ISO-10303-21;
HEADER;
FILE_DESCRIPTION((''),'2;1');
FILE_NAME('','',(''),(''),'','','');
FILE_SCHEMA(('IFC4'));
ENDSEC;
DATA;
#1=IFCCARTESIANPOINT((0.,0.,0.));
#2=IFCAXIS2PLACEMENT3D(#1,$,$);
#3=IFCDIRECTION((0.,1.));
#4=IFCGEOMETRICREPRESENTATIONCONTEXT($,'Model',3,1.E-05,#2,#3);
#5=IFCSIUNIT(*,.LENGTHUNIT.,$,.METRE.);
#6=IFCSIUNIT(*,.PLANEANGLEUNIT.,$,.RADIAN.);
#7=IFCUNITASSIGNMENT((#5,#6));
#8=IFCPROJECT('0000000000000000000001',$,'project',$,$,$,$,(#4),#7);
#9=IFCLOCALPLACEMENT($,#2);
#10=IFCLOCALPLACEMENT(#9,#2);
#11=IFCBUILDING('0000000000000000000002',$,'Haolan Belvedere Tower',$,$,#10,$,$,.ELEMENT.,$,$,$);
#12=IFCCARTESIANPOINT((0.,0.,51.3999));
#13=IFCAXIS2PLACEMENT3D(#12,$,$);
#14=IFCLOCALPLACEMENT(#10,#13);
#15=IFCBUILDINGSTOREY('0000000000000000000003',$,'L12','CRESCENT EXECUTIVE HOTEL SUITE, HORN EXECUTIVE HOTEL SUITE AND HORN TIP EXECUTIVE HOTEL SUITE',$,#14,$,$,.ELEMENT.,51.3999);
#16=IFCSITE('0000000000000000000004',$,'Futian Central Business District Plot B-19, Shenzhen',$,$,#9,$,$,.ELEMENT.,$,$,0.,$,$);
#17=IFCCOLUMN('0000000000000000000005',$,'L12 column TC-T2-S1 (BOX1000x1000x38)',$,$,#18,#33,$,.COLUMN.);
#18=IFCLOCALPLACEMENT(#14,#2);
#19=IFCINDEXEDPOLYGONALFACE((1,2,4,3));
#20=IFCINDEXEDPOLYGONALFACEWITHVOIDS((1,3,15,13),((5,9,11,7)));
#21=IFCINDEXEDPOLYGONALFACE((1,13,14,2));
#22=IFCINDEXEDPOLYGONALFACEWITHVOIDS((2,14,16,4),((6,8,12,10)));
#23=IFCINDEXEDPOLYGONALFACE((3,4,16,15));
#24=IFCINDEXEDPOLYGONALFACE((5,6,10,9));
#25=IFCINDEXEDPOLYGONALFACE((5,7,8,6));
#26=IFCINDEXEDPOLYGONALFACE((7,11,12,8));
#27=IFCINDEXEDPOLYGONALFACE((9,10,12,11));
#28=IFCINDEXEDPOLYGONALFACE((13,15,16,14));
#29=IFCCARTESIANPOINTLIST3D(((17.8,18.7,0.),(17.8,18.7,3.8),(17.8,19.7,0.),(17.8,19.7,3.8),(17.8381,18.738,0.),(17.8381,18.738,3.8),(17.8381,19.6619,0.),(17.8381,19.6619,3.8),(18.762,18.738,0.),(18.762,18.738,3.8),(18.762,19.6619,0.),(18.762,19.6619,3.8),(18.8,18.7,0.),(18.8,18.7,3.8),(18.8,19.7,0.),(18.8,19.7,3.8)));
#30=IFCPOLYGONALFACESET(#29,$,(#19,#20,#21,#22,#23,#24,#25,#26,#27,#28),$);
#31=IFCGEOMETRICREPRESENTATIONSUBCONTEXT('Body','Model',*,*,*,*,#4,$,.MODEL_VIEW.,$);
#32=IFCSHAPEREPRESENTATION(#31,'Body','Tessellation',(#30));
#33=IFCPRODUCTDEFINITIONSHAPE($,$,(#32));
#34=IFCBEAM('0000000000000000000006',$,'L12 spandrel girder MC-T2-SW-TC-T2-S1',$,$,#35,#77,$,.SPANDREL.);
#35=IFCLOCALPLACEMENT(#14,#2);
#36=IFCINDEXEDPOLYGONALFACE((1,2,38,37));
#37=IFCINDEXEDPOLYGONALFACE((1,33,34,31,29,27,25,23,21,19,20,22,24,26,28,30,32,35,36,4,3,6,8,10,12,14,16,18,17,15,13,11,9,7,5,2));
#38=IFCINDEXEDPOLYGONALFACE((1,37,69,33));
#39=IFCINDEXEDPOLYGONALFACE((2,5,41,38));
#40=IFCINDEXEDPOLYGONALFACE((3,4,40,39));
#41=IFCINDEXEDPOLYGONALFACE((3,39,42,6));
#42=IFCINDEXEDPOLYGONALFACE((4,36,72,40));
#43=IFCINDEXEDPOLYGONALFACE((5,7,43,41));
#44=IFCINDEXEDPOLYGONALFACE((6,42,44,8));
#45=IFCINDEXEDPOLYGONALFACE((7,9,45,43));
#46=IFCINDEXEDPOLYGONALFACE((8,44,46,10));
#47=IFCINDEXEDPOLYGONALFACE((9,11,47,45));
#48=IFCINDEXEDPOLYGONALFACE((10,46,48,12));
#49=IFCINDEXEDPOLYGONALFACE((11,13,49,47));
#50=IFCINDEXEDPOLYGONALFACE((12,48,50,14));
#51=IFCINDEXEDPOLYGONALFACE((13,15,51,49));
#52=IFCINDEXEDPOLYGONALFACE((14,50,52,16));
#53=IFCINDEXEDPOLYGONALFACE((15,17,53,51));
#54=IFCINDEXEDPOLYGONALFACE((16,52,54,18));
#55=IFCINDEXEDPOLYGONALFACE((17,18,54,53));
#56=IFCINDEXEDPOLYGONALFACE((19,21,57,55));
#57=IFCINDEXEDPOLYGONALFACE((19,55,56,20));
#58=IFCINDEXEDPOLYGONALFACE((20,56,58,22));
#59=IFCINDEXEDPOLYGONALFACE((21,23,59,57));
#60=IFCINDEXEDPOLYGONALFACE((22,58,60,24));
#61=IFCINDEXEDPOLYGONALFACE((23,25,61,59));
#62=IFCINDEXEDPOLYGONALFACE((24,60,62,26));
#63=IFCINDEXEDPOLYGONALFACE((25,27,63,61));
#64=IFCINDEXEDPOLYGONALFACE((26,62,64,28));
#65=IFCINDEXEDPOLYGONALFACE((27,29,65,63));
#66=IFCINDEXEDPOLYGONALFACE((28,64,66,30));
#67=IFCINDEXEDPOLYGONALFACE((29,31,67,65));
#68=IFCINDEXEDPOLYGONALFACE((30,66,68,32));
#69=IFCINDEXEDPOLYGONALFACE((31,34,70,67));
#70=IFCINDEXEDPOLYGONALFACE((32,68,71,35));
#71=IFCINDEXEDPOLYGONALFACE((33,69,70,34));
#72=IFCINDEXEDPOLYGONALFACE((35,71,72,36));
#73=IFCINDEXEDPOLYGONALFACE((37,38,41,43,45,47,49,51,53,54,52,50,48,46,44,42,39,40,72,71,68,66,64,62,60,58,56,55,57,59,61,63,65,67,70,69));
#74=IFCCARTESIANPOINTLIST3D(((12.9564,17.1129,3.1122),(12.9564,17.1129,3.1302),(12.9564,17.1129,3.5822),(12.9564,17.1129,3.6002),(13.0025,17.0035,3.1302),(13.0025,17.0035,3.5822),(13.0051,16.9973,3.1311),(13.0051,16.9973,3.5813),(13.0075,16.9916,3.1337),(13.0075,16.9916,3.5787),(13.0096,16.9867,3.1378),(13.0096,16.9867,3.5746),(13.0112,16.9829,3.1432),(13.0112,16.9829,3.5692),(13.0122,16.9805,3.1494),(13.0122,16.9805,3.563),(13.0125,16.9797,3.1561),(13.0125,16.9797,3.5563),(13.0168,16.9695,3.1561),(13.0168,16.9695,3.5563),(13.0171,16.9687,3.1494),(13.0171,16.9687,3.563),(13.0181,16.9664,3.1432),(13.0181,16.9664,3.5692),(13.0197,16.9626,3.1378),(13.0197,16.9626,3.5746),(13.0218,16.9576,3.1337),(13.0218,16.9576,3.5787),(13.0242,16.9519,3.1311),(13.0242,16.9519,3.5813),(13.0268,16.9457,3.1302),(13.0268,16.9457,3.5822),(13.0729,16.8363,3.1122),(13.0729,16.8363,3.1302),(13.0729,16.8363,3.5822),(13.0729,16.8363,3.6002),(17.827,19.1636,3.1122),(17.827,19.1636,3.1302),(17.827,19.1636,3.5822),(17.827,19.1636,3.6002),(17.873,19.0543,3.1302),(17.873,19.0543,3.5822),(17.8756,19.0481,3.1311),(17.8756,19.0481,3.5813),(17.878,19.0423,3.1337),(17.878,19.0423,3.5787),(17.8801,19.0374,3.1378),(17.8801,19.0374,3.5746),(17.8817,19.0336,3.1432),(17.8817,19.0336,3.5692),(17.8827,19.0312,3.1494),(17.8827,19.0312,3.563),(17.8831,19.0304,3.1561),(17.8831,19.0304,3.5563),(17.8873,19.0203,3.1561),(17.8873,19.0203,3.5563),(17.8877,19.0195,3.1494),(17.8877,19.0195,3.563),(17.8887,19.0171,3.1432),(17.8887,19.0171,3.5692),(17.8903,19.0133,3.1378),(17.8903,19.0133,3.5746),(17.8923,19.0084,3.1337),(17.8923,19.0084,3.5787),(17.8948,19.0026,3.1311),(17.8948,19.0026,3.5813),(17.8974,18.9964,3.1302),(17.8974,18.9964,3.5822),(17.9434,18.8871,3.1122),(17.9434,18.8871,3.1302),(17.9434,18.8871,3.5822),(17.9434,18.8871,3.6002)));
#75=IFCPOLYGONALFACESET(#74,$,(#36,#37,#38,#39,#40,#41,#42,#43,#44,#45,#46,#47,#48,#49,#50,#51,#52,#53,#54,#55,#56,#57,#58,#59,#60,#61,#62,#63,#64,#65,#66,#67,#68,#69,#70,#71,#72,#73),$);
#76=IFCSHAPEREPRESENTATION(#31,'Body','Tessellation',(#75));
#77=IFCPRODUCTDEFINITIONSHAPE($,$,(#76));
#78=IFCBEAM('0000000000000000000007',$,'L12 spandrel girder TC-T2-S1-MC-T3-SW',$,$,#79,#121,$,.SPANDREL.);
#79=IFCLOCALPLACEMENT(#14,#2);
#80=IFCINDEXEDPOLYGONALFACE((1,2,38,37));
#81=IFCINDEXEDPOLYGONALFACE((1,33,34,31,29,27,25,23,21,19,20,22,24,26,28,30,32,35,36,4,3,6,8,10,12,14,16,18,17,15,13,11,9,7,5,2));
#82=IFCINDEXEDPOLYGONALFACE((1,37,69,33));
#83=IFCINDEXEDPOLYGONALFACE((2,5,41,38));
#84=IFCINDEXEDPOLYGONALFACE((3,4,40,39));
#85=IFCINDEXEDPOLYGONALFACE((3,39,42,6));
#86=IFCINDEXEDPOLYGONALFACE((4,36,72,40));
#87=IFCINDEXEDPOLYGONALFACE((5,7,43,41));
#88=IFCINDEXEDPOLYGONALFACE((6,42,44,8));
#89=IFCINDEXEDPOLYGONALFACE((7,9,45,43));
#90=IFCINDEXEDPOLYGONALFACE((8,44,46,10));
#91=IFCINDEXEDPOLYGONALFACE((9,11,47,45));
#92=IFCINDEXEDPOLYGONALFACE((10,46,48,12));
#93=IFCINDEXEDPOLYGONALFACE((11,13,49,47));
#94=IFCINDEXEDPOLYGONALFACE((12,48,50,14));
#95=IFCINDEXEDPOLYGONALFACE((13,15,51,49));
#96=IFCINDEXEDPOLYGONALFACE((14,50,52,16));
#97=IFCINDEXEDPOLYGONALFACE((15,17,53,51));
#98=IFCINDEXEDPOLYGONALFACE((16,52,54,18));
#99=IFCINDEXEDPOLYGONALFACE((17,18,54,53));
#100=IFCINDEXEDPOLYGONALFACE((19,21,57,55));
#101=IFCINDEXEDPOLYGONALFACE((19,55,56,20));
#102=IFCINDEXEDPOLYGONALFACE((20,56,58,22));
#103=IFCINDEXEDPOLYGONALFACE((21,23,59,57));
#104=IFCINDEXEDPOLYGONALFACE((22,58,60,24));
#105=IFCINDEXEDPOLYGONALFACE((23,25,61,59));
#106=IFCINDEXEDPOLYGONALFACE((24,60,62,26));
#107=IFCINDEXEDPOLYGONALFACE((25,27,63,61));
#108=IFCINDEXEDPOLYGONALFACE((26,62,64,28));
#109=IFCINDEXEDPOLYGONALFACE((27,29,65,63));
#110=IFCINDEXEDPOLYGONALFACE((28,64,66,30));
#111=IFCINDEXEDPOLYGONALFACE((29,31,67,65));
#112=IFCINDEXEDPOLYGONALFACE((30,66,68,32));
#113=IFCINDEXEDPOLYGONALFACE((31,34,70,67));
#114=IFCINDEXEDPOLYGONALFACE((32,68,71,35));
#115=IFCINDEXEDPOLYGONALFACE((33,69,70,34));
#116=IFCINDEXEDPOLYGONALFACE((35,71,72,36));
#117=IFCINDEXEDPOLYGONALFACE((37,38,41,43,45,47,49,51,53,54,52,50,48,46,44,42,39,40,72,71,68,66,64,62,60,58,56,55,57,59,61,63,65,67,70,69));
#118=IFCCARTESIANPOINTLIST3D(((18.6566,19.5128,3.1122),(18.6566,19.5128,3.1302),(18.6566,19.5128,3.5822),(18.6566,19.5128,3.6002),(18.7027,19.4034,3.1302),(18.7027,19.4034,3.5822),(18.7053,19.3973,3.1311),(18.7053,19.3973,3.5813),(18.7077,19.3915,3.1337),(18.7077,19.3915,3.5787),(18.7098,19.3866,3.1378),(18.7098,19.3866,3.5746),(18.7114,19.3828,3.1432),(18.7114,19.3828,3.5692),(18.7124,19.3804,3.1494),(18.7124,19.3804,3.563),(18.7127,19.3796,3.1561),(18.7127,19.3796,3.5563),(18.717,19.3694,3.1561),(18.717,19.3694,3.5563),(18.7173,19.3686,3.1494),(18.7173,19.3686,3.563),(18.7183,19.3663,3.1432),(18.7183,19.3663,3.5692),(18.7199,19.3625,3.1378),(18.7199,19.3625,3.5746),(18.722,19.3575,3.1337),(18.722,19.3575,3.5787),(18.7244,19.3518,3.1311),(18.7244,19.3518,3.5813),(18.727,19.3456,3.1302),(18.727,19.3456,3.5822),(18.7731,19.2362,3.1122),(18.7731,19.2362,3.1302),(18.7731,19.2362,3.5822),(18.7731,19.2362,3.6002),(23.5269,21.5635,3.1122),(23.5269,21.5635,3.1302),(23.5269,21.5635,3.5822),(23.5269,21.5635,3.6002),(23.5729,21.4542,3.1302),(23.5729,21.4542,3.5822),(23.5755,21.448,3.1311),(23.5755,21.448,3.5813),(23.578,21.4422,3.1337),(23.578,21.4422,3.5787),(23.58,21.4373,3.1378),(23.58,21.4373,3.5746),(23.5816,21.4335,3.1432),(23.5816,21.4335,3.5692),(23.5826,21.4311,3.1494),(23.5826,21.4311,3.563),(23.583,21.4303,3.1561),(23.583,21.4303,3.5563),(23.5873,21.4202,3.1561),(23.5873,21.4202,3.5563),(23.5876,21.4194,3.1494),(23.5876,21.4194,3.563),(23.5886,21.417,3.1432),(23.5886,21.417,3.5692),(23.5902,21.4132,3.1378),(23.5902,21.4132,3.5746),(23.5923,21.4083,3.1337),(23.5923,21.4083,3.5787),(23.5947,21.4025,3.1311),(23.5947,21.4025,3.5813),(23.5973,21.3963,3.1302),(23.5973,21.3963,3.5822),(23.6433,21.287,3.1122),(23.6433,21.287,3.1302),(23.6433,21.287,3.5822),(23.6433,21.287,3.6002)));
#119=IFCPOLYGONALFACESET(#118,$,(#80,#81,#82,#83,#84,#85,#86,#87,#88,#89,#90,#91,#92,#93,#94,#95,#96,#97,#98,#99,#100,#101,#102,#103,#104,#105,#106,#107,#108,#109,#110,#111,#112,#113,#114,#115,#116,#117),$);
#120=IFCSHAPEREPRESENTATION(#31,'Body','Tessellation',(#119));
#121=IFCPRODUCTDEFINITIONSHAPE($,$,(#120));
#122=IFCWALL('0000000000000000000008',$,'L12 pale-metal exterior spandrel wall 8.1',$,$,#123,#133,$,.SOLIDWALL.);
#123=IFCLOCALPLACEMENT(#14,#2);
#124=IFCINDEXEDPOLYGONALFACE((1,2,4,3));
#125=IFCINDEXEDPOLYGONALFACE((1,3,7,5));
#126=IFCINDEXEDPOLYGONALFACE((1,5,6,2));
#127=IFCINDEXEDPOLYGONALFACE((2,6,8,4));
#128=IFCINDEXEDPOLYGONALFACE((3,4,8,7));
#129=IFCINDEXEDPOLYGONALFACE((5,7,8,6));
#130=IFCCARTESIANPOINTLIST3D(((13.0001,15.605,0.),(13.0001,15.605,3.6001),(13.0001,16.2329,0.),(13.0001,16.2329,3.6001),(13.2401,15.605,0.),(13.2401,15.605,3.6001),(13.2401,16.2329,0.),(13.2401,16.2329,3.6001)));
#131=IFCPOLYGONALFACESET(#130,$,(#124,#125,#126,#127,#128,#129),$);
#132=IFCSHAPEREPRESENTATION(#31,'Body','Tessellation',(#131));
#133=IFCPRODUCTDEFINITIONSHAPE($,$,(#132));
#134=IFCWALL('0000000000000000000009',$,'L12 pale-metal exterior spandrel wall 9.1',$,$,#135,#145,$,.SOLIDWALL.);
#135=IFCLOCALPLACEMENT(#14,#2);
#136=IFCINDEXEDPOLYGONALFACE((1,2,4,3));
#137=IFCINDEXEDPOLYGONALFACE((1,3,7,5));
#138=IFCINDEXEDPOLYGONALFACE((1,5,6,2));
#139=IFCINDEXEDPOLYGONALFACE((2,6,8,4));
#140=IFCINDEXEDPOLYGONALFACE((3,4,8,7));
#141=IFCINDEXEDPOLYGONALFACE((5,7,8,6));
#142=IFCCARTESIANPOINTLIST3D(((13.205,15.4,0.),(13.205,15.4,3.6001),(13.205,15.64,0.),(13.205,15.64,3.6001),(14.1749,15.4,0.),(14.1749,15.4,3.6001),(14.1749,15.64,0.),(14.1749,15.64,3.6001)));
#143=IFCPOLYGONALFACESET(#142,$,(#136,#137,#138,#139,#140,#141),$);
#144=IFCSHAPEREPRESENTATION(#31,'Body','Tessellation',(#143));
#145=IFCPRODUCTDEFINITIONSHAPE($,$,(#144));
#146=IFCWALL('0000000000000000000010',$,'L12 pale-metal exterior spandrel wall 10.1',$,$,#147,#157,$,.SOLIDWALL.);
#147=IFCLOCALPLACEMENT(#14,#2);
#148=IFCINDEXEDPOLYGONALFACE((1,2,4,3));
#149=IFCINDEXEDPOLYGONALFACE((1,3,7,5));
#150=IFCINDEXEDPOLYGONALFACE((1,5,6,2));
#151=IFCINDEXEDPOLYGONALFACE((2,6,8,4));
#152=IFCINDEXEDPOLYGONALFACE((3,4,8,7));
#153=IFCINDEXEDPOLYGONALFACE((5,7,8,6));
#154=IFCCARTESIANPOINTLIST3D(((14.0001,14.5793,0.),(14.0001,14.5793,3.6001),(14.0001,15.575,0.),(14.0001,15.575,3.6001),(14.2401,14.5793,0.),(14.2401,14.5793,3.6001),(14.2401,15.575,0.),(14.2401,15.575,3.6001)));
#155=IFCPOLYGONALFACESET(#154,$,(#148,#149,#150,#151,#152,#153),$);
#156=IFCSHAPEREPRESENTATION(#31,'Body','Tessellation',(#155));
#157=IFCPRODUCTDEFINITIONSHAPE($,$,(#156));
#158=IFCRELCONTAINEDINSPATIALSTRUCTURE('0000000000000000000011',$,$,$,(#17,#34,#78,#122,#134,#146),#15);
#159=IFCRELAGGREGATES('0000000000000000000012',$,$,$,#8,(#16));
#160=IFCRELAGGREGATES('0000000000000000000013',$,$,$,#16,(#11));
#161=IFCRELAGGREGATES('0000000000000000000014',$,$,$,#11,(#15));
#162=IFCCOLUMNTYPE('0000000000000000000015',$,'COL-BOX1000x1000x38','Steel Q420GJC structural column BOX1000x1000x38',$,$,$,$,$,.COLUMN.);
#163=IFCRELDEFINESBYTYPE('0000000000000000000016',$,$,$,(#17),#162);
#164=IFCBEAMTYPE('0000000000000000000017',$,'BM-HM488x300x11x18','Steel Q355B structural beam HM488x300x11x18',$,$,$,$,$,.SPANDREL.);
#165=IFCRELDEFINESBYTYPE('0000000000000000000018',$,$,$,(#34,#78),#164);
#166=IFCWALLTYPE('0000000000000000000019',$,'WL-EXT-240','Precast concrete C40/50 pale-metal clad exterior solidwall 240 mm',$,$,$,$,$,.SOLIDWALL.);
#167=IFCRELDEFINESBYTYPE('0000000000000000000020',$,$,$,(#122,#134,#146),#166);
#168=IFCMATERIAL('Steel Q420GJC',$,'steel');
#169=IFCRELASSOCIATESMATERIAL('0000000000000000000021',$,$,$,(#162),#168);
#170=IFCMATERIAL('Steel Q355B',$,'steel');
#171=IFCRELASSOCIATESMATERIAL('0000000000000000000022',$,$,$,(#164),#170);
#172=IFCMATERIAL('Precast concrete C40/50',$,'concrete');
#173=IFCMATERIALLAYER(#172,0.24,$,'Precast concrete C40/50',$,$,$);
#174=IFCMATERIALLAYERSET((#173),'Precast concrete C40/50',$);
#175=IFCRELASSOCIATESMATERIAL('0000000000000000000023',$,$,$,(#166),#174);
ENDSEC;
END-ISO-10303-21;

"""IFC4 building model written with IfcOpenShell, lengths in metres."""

from ifc_helpers import new_model, si_unit, direction, frame, frame_2d, origin, origin_2d, place, context, subcontext, project, spatial, rectangle, hollow_rectangle, i_section, extrude, material, layer, layer_set, material_profile, profile_set, type_object, element, save


model = new_model("IFC4")

# Units and contexts
model_context = context("Model", 3, precision=1e-05, world=origin(), true_north=direction((0.0, 1.0)))
body_context = subcontext(model_context, "Body", "Model", "MODEL_VIEW")
ifc_project = project(units=[si_unit("LENGTHUNIT", "METRE"), si_unit("PLANEANGLEUNIT", "RADIAN")], contexts=[model_context])

# Site, building, storey
site_placement = place(None, origin())
site = spatial("IfcSite", under=ifc_project, at=site_placement, Name="Futian Central Business District Plot B-19, Shenzhen", CompositionType="ELEMENT", RefElevation=0.0)
building_placement = place(site_placement, origin())
building = spatial("IfcBuilding", under=site, at=building_placement, Name="Haolan Belvedere Tower", CompositionType="ELEMENT")
storey_placement = place(building_placement, frame((0.0, 0.0, 51.3999)))
storey = spatial("IfcBuildingStorey", under=building, at=storey_placement, Name="L12", Description="CRESCENT EXECUTIVE HOTEL SUITE, HORN EXECUTIVE HOTEL SUITE AND HORN TIP EXECUTIVE HOTEL SUITE", CompositionType="ELEMENT", Elevation=51.3999)

# Column
ifc_material_1 = material(Name="Steel Q420GJC", Category="steel")
ifc_material_profile_1 = material_profile(ifc_material_1, hollow_rectangle(XDim=1.0, YDim=1.0, WallThickness=0.0381, at=origin_2d()), Name="Steel Q420GJC")
ifc_profile_set_1 = profile_set([ifc_material_profile_1], Name="Steel Q420GJC")
column_type = type_object("IfcColumnType", Name="COL-BOX1000x1000x38", Description="Steel Q420GJC structural column BOX1000x1000x38", PredefinedType="COLUMN", material=ifc_profile_set_1)
column_placement = place(storey_placement, frame((18.3, 19.2, 0.0), z_axis=(0.0, 0.0, 1.0), x_axis=(1.0, 0.0, 0.0)))
element("IfcColumn", 1, at=column_placement, inside=storey, type_object=column_type, Name="L12 column TC-T2-S1 (BOX1000x1000x38)", PredefinedType="COLUMN", context=body_context, shape_type="SweptSolid", body=[
    extrude(hollow_rectangle(XDim=1.0, YDim=1.0, WallThickness=0.0381, at=origin_2d()), origin(), (0.0, 0.0, 1.0), 3.8),
])

# Beams
ifc_material_2 = material(Name="Steel Q355B", Category="steel")
ifc_material_profile_2 = material_profile(ifc_material_2, i_section(OverallWidth=0.3, OverallDepth=0.488, WebThickness=0.011, FlangeThickness=0.0181, FilletRadius=0.0259, at=origin_2d()), Name="Steel Q355B")
ifc_profile_set_2 = profile_set([ifc_material_profile_2], Name="Steel Q355B")
beam_type = type_object("IfcBeamType", Name="BM-HM488x300x11x18", Description="Steel Q355B structural beam HM488x300x11x18", PredefinedType="SPANDREL", material=ifc_profile_set_2)
beam_1_placement = place(storey_placement, frame((13.0146, 16.9746, 3.3562), z_axis=(0.921635, 0.388057, 0.0), x_axis=(-0.388057, 0.921635, 0.0)))
element("IfcBeam", 2, at=beam_1_placement, inside=storey, type_object=beam_type, Name="L12 spandrel girder MC-T2-SW-TC-T2-S1", PredefinedType="SPANDREL", context=body_context, shape_type="SweptSolid", body=[
    extrude(i_section(OverallWidth=0.3, OverallDepth=0.488, WebThickness=0.011, FlangeThickness=0.0181, FilletRadius=0.0259, at=origin_2d()), origin(), (0.0, 0.0, 1.0), 5.2847),
])
beam_2_placement = place(storey_placement, frame((18.7148, 19.3745, 3.3562), z_axis=(0.921628, 0.388074, 0.0), x_axis=(-0.388074, 0.921628, 0.0)))
element("IfcBeam", 3, at=beam_2_placement, inside=storey, type_object=beam_type, Name="L12 spandrel girder TC-T2-S1-MC-T3-SW", PredefinedType="SPANDREL", context=body_context, shape_type="SweptSolid", body=[
    extrude(i_section(OverallWidth=0.3, OverallDepth=0.488, WebThickness=0.011, FlangeThickness=0.0181, FilletRadius=0.0259, at=origin_2d()), origin(), (0.0, 0.0, 1.0), 5.2844),
])

# Walls
ifc_material_3 = material(Name="Precast concrete C40/50", Category="concrete")
ifc_layer_1 = layer(ifc_material_3, 0.24, Name="Precast concrete C40/50")
ifc_layer_set_1 = layer_set([ifc_layer_1], Name="Precast concrete C40/50")
wall_type_1 = type_object("IfcWallType", Name="WL-EXT-240", Description="Precast concrete C40/50 pale-metal clad exterior solidwall 240 mm", PredefinedType="SOLIDWALL", material=ifc_layer_set_1)
wall_1_placement = place(storey_placement, frame((13.1201, 16.2329, 0.0), z_axis=(0.0, 0.0, 1.0), x_axis=(0.0, -1.0, 0.0)))
element("IfcWall", 4, at=wall_1_placement, inside=storey, type_object=wall_type_1, Name="L12 pale-metal exterior spandrel wall 8.1", PredefinedType="SOLIDWALL", context=body_context, shape_type="SweptSolid", body=[
    extrude(rectangle(XDim=0.6279, YDim=0.24, at=frame_2d((0.314, 0.0))), origin(), (0.0, 0.0, 1.0), 3.6001),
])
wall_2_placement = place(storey_placement, frame((13.2051, 15.52, 0.0), z_axis=(0.0, 0.0, 1.0), x_axis=(1.0, 0.0, 0.0)))
element("IfcWall", 5, at=wall_2_placement, inside=storey, type_object=wall_type_1, Name="L12 pale-metal exterior spandrel wall 9.1", PredefinedType="SOLIDWALL", context=body_context, shape_type="SweptSolid", body=[
    extrude(rectangle(XDim=0.97, YDim=0.24, at=frame_2d((0.4849, 0.0))), origin(), (0.0, 0.0, 1.0), 3.6001),
])
wall_3_placement = place(storey_placement, frame((14.1201, 15.575, 0.0), z_axis=(0.0, 0.0, 1.0), x_axis=(0.0, -1.0, 0.0)))
element("IfcWall", 6, at=wall_3_placement, inside=storey, type_object=wall_type_1, Name="L12 pale-metal exterior spandrel wall 10.1", PredefinedType="SOLIDWALL", context=body_context, shape_type="SweptSolid", body=[
    extrude(rectangle(XDim=0.9956, YDim=0.24, at=frame_2d((0.4978, 0.0))), origin(), (0.0, 0.0, 1.0), 3.6001),
])

save(model, "model.ifc")
